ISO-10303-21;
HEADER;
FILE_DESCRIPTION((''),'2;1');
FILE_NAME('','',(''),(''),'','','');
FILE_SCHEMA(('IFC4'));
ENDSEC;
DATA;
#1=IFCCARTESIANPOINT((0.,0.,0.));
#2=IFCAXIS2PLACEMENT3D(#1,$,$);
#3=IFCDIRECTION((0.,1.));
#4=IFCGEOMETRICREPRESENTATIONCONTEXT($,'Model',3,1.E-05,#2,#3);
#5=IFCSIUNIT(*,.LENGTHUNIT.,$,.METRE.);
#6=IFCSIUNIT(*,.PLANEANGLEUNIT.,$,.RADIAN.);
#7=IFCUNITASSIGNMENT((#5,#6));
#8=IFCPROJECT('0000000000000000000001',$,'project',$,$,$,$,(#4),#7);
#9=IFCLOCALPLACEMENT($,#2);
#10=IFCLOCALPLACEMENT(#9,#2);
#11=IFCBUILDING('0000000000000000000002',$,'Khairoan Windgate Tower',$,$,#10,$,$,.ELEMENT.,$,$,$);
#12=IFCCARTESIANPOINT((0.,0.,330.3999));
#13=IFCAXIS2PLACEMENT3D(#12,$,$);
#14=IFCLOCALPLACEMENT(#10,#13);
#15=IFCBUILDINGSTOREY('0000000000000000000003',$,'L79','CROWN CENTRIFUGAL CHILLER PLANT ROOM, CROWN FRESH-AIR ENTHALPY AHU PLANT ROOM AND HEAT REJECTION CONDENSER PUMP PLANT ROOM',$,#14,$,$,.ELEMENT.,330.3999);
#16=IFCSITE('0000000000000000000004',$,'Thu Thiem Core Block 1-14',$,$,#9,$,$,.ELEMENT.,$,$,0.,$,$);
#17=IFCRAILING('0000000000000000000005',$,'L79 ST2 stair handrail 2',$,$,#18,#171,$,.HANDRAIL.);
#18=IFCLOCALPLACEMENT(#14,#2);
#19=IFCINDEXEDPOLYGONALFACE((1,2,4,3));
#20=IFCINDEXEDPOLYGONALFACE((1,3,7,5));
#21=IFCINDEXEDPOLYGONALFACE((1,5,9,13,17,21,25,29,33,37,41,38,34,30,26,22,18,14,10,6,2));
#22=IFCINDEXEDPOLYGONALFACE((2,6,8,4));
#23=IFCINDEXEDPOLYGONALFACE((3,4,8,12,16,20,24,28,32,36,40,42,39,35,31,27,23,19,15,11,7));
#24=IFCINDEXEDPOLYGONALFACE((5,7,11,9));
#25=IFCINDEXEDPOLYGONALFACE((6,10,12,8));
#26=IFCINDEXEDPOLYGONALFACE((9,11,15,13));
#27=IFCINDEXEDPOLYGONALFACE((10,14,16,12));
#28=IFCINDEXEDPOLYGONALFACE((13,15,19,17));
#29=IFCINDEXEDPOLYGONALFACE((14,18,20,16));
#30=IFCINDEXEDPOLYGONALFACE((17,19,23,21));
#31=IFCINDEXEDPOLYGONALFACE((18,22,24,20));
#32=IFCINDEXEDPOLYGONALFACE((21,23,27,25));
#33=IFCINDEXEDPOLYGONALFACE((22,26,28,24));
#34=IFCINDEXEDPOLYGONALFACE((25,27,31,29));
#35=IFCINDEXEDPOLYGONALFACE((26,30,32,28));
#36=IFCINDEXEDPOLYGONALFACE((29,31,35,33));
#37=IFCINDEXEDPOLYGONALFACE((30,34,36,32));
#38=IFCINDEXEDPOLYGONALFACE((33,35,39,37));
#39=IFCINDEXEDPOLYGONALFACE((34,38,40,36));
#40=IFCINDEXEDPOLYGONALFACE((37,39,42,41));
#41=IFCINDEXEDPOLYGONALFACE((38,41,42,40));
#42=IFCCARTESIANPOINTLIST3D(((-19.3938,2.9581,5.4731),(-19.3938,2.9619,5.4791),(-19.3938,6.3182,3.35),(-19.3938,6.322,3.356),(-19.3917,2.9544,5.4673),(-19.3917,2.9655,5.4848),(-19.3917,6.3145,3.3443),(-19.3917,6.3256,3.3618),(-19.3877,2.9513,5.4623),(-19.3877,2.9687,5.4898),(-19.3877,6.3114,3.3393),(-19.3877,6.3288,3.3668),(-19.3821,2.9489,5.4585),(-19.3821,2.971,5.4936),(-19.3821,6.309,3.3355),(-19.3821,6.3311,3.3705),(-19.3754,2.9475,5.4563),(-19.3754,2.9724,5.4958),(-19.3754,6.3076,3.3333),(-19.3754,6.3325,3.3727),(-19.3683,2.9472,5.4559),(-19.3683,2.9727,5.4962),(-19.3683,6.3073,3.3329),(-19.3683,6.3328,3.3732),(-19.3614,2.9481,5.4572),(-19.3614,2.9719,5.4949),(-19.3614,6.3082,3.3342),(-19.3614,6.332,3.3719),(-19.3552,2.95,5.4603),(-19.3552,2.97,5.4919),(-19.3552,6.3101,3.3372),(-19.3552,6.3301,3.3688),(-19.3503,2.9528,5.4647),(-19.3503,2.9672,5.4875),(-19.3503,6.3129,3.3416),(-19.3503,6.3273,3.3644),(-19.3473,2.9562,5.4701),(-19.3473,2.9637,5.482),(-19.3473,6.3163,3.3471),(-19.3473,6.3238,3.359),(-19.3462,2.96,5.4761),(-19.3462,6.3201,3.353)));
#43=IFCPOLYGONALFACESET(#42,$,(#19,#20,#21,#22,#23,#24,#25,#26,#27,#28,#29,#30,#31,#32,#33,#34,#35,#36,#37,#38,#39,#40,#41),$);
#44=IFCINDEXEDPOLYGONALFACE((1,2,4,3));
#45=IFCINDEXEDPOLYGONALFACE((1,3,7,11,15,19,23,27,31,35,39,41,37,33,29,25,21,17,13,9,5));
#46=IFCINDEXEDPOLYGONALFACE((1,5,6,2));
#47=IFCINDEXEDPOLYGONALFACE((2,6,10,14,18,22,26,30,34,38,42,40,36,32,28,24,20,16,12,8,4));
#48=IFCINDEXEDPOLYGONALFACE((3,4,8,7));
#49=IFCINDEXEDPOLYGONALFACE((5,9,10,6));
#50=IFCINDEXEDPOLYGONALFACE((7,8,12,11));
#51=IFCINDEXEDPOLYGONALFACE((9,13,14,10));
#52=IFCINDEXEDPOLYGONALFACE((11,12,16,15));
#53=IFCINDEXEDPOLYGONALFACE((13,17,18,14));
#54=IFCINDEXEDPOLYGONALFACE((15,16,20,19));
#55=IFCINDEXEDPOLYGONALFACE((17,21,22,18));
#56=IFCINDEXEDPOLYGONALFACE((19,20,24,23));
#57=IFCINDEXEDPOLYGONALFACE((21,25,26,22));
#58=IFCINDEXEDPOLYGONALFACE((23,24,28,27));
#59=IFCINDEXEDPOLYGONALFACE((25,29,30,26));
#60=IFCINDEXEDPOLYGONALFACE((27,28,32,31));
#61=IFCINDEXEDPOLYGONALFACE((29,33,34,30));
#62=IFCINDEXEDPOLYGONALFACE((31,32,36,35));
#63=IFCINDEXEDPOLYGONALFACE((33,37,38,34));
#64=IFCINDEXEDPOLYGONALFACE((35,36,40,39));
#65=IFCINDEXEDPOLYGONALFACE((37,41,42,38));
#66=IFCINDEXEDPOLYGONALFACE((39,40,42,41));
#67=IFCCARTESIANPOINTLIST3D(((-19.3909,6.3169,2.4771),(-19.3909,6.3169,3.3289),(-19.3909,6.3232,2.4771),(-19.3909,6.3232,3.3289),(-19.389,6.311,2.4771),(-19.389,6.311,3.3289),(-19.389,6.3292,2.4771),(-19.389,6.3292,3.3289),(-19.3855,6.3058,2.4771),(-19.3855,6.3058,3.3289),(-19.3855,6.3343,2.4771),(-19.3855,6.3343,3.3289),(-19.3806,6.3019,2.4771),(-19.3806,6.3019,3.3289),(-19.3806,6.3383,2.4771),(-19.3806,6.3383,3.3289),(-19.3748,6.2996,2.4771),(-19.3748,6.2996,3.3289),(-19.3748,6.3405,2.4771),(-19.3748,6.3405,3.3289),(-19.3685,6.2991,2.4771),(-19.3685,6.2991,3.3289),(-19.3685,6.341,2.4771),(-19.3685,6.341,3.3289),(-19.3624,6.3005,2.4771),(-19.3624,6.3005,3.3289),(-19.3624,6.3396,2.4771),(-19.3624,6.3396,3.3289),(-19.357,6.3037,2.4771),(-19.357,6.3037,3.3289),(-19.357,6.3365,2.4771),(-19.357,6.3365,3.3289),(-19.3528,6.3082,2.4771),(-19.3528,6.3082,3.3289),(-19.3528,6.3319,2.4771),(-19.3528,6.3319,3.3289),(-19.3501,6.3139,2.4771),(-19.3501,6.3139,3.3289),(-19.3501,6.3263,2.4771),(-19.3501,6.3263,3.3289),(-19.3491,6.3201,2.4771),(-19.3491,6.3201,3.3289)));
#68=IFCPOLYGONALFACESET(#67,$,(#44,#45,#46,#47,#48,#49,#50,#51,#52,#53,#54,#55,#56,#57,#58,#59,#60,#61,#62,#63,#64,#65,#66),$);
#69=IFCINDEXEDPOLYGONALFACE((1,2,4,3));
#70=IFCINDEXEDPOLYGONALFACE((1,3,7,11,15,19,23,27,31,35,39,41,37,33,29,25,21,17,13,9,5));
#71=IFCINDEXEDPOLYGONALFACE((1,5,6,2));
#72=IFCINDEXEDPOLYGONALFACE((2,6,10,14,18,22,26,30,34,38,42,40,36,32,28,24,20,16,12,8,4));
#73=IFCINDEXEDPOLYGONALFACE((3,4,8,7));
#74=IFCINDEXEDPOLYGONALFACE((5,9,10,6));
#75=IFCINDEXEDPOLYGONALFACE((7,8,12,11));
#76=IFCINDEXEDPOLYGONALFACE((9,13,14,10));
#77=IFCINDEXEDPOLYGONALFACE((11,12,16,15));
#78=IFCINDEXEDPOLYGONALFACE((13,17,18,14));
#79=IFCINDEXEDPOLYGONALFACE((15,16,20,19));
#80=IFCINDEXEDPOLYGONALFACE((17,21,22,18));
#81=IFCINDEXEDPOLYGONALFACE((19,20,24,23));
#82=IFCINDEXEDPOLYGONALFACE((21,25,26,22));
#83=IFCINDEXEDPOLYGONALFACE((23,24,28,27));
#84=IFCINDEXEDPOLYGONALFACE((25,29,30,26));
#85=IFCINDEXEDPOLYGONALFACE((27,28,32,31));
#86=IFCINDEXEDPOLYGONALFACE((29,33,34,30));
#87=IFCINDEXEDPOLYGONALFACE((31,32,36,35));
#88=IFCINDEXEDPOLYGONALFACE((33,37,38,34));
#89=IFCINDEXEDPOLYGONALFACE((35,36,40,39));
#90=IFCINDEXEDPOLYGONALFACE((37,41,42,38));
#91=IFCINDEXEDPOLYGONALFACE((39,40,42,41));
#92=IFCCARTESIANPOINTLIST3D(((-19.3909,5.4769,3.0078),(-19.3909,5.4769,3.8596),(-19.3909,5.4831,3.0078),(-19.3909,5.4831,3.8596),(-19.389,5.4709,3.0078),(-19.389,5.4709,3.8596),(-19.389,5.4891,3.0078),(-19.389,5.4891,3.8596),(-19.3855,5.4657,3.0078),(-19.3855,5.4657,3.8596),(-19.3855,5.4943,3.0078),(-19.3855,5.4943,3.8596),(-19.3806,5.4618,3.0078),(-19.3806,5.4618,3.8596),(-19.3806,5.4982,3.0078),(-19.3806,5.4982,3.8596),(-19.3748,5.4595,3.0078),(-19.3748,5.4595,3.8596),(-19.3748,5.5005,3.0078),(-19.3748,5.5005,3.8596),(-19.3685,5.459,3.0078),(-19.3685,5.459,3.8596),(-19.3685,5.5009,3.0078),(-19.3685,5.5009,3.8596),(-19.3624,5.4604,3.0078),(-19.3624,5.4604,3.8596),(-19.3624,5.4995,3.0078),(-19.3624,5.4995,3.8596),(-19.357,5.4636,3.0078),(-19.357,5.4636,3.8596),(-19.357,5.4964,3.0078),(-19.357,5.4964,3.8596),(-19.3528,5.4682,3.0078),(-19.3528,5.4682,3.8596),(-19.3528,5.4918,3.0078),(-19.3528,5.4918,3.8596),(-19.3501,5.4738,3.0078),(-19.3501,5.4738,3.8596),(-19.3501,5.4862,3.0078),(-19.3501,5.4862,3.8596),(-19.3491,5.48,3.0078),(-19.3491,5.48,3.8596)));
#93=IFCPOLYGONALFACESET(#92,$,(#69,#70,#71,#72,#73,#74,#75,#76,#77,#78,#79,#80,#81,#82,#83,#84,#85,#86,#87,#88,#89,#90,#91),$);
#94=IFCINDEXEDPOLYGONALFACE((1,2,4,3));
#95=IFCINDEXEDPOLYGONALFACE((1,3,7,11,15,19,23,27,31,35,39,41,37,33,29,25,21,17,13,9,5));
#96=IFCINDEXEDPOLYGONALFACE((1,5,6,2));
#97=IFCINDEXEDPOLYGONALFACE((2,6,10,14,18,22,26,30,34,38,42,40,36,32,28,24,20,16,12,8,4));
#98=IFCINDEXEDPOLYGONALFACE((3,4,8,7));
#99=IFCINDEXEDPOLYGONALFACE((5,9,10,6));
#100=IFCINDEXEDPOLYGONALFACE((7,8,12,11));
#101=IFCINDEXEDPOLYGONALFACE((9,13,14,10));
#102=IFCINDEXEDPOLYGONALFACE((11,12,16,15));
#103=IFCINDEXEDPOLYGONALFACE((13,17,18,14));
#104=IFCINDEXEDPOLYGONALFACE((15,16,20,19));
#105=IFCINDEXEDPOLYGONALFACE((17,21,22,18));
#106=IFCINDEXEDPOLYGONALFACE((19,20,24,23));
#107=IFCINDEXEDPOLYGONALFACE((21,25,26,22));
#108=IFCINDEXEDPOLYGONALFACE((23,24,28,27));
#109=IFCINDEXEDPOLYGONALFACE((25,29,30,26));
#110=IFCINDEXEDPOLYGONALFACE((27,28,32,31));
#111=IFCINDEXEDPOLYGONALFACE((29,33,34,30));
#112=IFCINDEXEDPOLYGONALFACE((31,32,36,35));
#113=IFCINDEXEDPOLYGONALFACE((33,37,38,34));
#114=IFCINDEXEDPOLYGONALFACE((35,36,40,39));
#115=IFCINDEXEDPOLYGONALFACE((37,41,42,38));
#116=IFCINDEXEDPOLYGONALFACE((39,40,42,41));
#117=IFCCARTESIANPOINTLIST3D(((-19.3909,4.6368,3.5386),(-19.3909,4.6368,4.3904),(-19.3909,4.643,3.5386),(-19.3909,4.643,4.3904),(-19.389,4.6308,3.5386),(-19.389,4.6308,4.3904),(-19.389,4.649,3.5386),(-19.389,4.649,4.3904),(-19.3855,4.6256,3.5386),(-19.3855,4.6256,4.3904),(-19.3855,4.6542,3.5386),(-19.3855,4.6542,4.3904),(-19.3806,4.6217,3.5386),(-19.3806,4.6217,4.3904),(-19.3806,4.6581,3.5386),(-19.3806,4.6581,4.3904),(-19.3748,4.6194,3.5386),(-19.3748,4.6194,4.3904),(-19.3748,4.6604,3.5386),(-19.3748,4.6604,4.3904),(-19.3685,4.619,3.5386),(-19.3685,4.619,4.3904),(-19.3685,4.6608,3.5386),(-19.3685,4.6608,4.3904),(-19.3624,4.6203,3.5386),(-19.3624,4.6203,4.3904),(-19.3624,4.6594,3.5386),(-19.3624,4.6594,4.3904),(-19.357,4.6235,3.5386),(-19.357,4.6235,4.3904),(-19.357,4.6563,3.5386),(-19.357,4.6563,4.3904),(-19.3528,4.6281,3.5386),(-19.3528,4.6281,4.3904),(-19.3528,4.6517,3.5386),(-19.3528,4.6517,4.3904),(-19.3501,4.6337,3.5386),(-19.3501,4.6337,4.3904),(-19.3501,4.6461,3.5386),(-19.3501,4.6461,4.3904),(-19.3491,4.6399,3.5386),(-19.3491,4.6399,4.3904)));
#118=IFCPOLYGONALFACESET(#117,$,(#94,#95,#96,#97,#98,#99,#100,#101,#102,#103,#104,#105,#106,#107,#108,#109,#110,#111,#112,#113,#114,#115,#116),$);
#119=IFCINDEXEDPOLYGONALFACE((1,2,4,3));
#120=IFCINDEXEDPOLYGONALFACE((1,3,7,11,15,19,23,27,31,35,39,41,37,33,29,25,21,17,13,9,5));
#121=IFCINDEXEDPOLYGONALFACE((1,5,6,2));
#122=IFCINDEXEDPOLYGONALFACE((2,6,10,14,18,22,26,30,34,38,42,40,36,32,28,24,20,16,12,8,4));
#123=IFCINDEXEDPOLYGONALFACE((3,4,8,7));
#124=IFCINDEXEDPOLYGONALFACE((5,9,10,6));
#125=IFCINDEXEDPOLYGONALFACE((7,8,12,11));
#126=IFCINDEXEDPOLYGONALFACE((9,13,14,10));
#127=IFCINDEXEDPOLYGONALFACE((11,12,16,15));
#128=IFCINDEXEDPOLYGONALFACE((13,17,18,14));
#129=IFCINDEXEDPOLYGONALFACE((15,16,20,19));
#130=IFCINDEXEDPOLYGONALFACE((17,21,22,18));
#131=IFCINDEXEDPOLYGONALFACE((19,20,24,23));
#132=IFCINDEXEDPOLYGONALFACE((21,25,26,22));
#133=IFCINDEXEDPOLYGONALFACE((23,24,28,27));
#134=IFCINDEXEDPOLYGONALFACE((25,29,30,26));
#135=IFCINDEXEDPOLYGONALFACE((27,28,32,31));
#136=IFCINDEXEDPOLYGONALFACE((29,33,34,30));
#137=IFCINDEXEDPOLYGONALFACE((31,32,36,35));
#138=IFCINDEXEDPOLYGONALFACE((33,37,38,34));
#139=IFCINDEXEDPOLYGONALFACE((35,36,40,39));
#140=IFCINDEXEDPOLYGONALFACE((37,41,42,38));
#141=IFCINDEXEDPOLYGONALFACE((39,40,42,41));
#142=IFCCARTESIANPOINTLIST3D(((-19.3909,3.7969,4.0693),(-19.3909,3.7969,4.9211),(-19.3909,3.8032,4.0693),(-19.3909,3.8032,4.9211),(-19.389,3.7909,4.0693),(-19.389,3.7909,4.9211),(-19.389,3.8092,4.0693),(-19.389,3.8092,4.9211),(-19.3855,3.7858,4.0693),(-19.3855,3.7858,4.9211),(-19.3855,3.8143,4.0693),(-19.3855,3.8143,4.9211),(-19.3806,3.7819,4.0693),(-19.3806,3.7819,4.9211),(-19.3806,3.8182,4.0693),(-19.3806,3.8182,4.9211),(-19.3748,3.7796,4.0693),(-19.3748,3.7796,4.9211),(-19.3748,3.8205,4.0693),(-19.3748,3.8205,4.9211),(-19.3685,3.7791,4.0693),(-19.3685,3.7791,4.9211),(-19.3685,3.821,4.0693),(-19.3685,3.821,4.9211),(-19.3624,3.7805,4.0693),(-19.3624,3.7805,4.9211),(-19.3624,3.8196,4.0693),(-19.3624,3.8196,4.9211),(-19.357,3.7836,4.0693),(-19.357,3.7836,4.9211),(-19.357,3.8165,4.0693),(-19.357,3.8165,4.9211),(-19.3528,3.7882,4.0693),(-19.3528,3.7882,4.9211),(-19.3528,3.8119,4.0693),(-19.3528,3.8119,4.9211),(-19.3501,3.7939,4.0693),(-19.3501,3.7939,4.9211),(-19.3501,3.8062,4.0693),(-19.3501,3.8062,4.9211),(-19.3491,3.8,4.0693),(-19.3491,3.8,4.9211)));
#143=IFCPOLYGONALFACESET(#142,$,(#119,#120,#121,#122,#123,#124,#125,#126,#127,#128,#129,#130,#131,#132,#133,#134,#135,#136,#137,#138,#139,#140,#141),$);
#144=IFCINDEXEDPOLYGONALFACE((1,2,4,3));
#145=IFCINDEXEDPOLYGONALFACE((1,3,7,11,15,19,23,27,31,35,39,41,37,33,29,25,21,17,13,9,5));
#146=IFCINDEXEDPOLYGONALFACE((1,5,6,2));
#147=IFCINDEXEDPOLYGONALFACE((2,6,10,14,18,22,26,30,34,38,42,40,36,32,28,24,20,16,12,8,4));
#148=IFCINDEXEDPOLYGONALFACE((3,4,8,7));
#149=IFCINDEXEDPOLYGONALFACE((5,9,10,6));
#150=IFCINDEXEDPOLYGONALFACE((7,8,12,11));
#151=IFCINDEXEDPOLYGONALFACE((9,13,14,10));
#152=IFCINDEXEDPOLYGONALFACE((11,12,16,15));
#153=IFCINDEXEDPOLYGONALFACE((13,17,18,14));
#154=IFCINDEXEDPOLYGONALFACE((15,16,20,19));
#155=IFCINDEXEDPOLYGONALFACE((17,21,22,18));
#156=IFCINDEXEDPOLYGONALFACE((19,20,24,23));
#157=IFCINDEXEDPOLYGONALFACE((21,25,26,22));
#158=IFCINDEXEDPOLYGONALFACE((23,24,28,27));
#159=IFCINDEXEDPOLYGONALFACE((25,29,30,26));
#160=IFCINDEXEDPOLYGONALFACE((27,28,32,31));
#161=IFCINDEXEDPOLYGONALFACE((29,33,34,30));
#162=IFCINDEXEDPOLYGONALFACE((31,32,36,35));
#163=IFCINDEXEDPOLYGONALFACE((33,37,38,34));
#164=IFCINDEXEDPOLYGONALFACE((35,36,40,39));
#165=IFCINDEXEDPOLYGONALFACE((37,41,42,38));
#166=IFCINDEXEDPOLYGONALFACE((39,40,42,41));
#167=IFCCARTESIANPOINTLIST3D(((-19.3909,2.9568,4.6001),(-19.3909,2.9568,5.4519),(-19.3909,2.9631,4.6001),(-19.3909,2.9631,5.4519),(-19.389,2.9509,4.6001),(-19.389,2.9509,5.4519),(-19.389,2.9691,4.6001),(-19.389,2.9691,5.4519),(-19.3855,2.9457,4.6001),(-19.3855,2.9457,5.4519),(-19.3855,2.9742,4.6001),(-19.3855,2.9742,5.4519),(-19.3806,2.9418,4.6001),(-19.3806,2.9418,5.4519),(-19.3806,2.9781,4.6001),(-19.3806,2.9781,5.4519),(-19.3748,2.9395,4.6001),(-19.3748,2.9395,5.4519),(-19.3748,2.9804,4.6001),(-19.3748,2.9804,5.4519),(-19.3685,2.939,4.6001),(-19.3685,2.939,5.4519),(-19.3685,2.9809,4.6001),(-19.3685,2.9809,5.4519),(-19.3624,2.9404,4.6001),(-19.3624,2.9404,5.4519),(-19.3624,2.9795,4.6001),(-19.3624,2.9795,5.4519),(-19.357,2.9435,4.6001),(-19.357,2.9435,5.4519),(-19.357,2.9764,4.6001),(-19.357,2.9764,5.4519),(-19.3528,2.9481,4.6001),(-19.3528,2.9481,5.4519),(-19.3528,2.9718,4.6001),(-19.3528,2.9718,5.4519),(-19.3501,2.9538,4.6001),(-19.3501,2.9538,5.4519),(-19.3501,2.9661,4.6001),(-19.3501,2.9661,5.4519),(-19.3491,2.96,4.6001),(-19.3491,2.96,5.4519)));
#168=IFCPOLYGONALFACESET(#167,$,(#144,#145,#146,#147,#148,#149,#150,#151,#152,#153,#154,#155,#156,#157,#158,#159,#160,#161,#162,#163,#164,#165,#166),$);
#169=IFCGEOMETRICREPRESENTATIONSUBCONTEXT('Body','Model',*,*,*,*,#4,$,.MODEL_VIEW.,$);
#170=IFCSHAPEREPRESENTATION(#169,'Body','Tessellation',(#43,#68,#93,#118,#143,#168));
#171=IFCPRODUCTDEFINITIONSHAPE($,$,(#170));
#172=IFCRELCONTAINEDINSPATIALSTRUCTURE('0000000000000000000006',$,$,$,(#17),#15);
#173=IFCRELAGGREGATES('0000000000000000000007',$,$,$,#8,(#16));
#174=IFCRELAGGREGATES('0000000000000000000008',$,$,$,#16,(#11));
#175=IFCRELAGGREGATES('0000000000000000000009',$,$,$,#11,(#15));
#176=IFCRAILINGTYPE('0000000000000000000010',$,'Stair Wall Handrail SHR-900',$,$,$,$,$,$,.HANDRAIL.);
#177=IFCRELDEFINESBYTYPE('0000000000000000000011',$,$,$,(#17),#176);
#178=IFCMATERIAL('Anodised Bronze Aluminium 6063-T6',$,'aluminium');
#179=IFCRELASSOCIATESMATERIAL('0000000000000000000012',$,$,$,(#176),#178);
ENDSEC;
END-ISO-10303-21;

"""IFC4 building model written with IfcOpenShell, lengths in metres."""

from ifc_helpers import new_model, si_unit, direction, frame, origin, origin_2d, place, context, subcontext, project, spatial, circle, extrude, material, type_object, element, save


model = new_model("IFC4")

# Units and contexts
model_context = context("Model", 3, precision=1e-05, world=origin(), true_north=direction((0.0, 1.0)))
body_context = subcontext(model_context, "Body", "Model", "MODEL_VIEW")
ifc_project = project(units=[si_unit("LENGTHUNIT", "METRE"), si_unit("PLANEANGLEUNIT", "RADIAN")], contexts=[model_context])

# Site, building, storey
site_placement = place(None, origin())
site = spatial("IfcSite", under=ifc_project, at=site_placement, Name="Thu Thiem Core Block 1-14", CompositionType="ELEMENT", RefElevation=0.0)
building_placement = place(site_placement, origin())
building = spatial("IfcBuilding", under=site, at=building_placement, Name="Khairoan Windgate Tower", CompositionType="ELEMENT")
storey_placement = place(building_placement, frame((0.0, 0.0, 330.3999)))
storey = spatial("IfcBuildingStorey", under=building, at=storey_placement, Name="L79", Description="CROWN CENTRIFUGAL CHILLER PLANT ROOM, CROWN FRESH-AIR ENTHALPY AHU PLANT ROOM AND HEAT REJECTION CONDENSER PUMP PLANT ROOM", CompositionType="ELEMENT", Elevation=330.3999)

# Railing
ifc_material_1 = material(Name="Anodised Bronze Aluminium 6063-T6", Category="aluminium")
railing_type_1 = type_object("IfcRailingType", Name="Stair Wall Handrail SHR-900", PredefinedType="HANDRAIL", material=ifc_material_1)
railing_1_placement = place(storey_placement, frame((-19.3701, 6.3201, 2.4771)))
element("IfcRailing", 1, at=railing_1_placement, inside=storey, type_object=railing_type_1, Name="L79 ST2 stair handrail 2", PredefinedType="HANDRAIL", context=body_context, shape_type="SweptSolid", body=[
    extrude(circle(Radius=0.0239, at=origin_2d()), frame((0.0, 0.0, 0.876), z_axis=(0.0, -0.84539, 0.53415), x_axis=(1.0, 0.0, 0.0)), (0.0, 0.0, 1.0), 3.9746),
    extrude(circle(Radius=0.021, at=origin_2d()), origin(), (0.0, 0.0, 1.0), 0.8518),
    extrude(circle(Radius=0.021, at=origin_2d()), frame((0.0, -0.8401, 0.5308)), (0.0, 0.0, 1.0), 0.8518),
    extrude(circle(Radius=0.021, at=origin_2d()), frame((0.0, -1.6802, 1.0615)), (0.0, 0.0, 1.0), 0.8518),
    extrude(circle(Radius=0.021, at=origin_2d()), frame((0.0, -2.52, 1.5923)), (0.0, 0.0, 1.0), 0.8518),
    extrude(circle(Radius=0.021, at=origin_2d()), frame((0.0, -3.3601, 2.123)), (0.0, 0.0, 1.0), 0.8518),
])

save(model, "model.ifc")
